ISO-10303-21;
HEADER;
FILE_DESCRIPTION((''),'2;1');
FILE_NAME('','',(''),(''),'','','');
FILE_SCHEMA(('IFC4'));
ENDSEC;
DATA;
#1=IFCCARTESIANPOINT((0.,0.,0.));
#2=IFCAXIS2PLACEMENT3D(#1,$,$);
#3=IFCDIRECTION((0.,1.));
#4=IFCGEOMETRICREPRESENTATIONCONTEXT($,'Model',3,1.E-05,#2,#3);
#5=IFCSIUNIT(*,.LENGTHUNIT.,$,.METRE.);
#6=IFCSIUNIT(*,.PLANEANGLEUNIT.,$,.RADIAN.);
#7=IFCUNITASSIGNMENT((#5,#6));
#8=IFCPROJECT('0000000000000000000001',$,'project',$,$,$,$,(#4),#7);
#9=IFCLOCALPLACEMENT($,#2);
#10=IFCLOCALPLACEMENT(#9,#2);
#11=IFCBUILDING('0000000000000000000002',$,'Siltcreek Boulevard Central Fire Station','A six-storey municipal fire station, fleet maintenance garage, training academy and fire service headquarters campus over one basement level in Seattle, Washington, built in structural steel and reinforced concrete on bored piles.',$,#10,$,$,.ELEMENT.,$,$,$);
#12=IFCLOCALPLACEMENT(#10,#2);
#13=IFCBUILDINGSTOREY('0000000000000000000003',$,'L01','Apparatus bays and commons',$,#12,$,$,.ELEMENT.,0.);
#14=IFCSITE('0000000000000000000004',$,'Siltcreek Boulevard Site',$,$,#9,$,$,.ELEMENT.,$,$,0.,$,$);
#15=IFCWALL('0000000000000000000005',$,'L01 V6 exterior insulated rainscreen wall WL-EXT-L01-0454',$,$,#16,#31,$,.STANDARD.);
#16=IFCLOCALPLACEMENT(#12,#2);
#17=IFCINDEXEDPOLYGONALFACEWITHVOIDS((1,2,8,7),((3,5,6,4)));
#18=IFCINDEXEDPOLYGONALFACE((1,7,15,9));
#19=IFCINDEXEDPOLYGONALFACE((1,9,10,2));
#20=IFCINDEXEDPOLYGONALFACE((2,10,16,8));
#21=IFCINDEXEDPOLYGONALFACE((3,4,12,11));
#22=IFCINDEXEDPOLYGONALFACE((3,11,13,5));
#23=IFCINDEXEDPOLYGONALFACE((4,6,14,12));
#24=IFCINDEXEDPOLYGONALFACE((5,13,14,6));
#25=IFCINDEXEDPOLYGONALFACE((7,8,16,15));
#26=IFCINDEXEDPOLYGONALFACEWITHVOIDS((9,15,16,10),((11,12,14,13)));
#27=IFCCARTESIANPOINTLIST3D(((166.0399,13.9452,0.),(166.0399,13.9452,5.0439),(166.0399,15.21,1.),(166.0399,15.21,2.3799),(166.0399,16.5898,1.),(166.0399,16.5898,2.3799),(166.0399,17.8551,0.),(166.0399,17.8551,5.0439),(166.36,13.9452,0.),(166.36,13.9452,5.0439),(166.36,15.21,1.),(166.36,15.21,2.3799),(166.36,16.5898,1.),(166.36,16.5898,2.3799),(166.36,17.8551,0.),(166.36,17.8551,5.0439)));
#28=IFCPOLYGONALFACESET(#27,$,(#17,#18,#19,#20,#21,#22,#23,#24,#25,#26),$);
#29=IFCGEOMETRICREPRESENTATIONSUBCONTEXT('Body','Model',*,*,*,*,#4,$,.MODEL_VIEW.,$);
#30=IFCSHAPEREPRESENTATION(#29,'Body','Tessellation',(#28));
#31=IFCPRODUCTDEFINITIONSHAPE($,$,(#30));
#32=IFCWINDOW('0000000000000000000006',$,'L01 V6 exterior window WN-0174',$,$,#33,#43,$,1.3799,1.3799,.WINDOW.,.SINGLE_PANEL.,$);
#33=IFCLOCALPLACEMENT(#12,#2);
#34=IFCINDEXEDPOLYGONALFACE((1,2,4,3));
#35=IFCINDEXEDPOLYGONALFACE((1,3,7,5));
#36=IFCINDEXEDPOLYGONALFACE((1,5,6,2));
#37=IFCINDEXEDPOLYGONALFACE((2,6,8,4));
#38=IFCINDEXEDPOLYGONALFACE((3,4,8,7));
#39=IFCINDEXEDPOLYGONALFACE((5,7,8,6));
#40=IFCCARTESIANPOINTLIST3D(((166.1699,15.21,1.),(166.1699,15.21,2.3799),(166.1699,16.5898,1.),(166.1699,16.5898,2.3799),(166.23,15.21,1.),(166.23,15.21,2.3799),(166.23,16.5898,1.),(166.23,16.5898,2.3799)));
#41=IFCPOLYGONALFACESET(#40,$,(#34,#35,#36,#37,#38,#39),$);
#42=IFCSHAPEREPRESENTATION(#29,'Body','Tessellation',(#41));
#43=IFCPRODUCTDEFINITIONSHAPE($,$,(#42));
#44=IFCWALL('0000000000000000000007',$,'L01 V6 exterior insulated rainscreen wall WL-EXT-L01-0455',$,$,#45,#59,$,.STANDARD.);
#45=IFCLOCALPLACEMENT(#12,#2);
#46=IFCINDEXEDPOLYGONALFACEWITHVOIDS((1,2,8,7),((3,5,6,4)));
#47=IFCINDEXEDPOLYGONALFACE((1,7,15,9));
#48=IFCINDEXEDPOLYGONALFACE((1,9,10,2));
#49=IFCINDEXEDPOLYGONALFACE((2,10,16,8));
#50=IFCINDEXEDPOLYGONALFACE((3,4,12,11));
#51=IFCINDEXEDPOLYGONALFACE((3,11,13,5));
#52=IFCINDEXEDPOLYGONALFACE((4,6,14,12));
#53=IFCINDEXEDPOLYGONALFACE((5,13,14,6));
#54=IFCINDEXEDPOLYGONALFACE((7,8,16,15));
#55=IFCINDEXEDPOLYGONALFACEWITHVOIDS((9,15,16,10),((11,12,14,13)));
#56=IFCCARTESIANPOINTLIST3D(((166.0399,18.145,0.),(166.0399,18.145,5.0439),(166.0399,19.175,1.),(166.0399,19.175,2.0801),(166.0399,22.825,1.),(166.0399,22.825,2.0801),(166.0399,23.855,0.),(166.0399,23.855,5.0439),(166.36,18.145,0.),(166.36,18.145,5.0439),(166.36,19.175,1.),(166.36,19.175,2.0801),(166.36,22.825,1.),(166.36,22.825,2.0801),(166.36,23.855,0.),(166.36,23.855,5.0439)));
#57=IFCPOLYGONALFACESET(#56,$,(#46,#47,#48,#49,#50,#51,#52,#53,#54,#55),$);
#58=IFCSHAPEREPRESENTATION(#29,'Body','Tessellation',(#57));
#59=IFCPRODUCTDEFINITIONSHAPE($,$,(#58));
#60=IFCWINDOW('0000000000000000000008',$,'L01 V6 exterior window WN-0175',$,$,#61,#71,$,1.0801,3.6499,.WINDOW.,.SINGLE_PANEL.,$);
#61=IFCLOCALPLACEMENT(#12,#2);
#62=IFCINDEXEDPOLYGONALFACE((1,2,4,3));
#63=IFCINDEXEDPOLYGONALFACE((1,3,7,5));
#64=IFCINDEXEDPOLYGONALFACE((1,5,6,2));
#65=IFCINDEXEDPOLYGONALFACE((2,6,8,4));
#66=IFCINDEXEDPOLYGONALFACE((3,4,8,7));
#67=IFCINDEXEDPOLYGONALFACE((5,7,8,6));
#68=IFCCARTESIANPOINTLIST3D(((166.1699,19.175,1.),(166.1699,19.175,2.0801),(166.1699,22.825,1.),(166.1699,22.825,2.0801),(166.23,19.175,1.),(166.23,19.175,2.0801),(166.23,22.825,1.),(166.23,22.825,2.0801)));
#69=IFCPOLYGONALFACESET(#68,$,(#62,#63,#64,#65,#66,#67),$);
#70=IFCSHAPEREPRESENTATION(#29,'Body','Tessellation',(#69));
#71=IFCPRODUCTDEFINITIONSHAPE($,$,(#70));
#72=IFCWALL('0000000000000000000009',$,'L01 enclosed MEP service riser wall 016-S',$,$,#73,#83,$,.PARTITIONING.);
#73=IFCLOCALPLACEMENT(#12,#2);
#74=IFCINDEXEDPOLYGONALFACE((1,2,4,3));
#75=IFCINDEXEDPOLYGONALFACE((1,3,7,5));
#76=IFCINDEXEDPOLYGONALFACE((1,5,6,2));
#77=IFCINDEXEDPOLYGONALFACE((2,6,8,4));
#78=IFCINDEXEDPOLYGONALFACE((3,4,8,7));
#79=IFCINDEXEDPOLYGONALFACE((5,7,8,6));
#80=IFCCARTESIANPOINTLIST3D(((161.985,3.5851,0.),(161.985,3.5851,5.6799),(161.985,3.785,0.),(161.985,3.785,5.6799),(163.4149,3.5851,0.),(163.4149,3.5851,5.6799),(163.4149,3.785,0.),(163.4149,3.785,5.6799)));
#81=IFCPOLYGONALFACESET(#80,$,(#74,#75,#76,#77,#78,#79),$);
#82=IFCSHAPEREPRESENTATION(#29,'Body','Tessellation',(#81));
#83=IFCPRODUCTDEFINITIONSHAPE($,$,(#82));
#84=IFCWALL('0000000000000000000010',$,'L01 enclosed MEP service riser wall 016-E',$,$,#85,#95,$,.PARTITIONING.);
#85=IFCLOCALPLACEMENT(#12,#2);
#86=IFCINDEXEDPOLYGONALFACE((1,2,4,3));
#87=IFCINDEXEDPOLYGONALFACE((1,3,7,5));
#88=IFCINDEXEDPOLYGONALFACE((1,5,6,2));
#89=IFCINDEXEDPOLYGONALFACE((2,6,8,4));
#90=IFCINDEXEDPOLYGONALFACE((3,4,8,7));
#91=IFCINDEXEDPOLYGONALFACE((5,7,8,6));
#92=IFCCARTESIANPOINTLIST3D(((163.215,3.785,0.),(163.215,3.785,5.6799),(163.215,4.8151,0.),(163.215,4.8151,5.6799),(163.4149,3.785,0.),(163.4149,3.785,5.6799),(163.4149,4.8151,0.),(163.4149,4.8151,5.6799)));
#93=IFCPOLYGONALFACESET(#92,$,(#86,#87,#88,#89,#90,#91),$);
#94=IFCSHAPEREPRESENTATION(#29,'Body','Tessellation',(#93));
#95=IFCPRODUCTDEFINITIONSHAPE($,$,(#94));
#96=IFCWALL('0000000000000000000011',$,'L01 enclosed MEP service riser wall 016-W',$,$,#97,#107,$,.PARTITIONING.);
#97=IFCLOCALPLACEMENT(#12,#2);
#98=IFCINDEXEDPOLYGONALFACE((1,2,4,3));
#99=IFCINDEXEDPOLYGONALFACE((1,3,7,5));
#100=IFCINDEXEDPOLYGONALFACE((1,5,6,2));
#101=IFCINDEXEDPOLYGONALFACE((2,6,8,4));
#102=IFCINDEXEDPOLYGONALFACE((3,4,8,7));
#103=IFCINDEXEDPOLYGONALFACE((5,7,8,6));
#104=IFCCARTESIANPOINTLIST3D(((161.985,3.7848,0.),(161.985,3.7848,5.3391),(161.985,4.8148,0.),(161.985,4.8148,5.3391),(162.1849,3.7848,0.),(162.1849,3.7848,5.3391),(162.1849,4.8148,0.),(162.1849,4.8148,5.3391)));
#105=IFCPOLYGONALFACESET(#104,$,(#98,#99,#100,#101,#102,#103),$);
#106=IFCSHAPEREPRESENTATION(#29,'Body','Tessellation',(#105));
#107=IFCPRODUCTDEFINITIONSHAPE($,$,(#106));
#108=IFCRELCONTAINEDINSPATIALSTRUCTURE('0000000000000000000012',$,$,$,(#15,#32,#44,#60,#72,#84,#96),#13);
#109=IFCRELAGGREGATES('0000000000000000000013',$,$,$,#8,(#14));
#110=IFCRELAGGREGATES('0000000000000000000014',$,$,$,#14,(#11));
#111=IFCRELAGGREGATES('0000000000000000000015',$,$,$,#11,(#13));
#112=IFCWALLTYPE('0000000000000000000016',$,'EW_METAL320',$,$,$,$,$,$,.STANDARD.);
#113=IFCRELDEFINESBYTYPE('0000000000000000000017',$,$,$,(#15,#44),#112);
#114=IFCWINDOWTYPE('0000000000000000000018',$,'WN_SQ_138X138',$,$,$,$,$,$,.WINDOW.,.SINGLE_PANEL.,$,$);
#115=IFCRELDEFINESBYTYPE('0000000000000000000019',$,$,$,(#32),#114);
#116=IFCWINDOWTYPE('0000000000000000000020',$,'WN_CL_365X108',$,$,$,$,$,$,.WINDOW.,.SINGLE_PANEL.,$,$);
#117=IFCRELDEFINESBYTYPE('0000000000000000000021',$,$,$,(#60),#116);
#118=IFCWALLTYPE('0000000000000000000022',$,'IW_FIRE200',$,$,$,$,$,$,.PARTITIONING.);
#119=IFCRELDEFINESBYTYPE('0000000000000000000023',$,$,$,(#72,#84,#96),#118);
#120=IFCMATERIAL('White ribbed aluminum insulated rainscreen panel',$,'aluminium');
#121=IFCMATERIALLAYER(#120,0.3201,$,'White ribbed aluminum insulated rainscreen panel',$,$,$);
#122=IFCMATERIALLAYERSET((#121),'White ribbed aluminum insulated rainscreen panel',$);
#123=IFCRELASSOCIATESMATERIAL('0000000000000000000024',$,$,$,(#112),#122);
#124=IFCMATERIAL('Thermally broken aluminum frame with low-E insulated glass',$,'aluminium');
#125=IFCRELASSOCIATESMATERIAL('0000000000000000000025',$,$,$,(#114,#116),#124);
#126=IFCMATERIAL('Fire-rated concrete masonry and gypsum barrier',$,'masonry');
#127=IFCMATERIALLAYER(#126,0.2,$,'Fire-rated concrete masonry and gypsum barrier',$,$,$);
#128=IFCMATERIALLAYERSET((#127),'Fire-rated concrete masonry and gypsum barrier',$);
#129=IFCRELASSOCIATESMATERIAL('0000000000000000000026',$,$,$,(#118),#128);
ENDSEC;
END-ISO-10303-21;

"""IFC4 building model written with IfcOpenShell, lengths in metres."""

from ifc_helpers import new_model, si_unit, direction, frame, frame_2d, origin, place, context, subcontext, project, spatial, rectangle, extrude, material, layer, layer_set, type_object, element, fill, save


model = new_model("IFC4")

# Units and contexts
model_context = context("Model", 3, precision=1e-05, world=origin(), true_north=direction((0.0, 1.0)))
body_context = subcontext(model_context, "Body", "Model", "MODEL_VIEW")
ifc_project = project(units=[si_unit("LENGTHUNIT", "METRE"), si_unit("PLANEANGLEUNIT", "RADIAN")], contexts=[model_context])

# Site, building, storey
site_placement = place(None, origin())
site = spatial("IfcSite", under=ifc_project, at=site_placement, Name="Siltcreek Boulevard Site", CompositionType="ELEMENT", RefElevation=0.0)
building_placement = place(site_placement, origin())
building = spatial("IfcBuilding", under=site, at=building_placement, Name="Siltcreek Boulevard Central Fire Station", Description="A six-storey municipal fire station, fleet maintenance garage, training academy and fire service headquarters campus over one basement level in Seattle, Washington, built in structural steel and reinforced concrete on bored piles.", CompositionType="ELEMENT")
storey_placement = place(building_placement, origin())
storey = spatial("IfcBuildingStorey", under=building, at=storey_placement, Name="L01", Description="Apparatus bays and commons", CompositionType="ELEMENT", Elevation=0.0)

# Walls, openings, windows
ifc_material_1 = material(Name="White ribbed aluminum insulated rainscreen panel", Category="aluminium")
ifc_layer_1 = layer(ifc_material_1, 0.3201, Name="White ribbed aluminum insulated rainscreen panel")
ifc_layer_set_1 = layer_set([ifc_layer_1], Name="White ribbed aluminum insulated rainscreen panel")
wall_type_1 = type_object("IfcWallType", Name="EW_METAL320", PredefinedType="STANDARD", material=ifc_layer_set_1)
ifc_material_2 = material(Name="Thermally broken aluminum frame with low-E insulated glass", Category="aluminium")
wall_1_placement = place(storey_placement, frame((166.2, 13.9451, 0.0), z_axis=(0.0, 0.0, 1.0), x_axis=(0.0, 1.0, 0.0)))
wall_1 = element("IfcWall", 1, at=wall_1_placement, inside=storey, type_object=wall_type_1, Name="L01 V6 exterior insulated rainscreen wall WL-EXT-L01-0454", PredefinedType="STANDARD", context=body_context, shape_type="SweptSolid", body=[
    extrude(rectangle(XDim=3.9099, YDim=0.3201, at=frame_2d((1.9551, 0.0))), origin(), (0.0, 0.0, 1.0), 5.0439),
])
opening_1_placement = place(wall_1_placement, frame((1.2649, 0.0, 1.0)))
opening_1 = element("IfcOpeningElement", 2, at=opening_1_placement, cuts=wall_1, PredefinedType="OPENING", context=body_context, shape_type="SweptSolid", body=[
    extrude(rectangle(XDim=1.3799, YDim=1.3799, at=frame_2d((0.6899, 0.6899))), frame((0.0, 0.1699, 0.0), z_axis=(0.0, -1.0, 0.0), x_axis=(1.0, 0.0, 0.0)), (0.0, 0.0, 1.0), 0.3401),
])
window_type_1 = type_object("IfcWindowType", Name="WN_SQ_138X138", PartitioningType="SINGLE_PANEL", PredefinedType="WINDOW", material=ifc_material_2)
window_1_placement = place(opening_1_placement, origin())
window_1 = element("IfcWindow", 3, at=window_1_placement, inside=storey, type_object=window_type_1, Name="L01 V6 exterior window WN-0174", OverallHeight=1.3799, OverallWidth=1.3799, PartitioningType="SINGLE_PANEL", PredefinedType="WINDOW", context=body_context, shape_type="SweptSolid", body=[
    extrude(rectangle(XDim=1.3799, YDim=1.3799, at=frame_2d((0.6899, 0.6899))), frame((0.0, 0.03, 0.0), z_axis=(0.0, -1.0, 0.0), x_axis=(1.0, 0.0, 0.0)), (0.0, 0.0, 1.0), 0.0601),
])
fill(opening_1, window_1)
wall_2_placement = place(storey_placement, frame((166.2, 18.145, 0.0), z_axis=(0.0, 0.0, 1.0), x_axis=(0.0, 1.0, 0.0)))
wall_2 = element("IfcWall", 4, at=wall_2_placement, inside=storey, type_object=wall_type_1, Name="L01 V6 exterior insulated rainscreen wall WL-EXT-L01-0455", PredefinedType="STANDARD", context=body_context, shape_type="SweptSolid", body=[
    extrude(rectangle(XDim=5.71, YDim=0.3201, at=frame_2d((2.855, 0.0))), origin(), (0.0, 0.0, 1.0), 5.0439),
])
opening_2_placement = place(wall_2_placement, frame((1.03, 0.0, 1.0)))
opening_2 = element("IfcOpeningElement", 5, at=opening_2_placement, cuts=wall_2, PredefinedType="OPENING", context=body_context, shape_type="SweptSolid", body=[
    extrude(rectangle(XDim=3.6499, YDim=1.0801, at=frame_2d((1.825, 0.54))), frame((0.0, 0.1699, 0.0), z_axis=(0.0, -1.0, 0.0), x_axis=(1.0, 0.0, 0.0)), (0.0, 0.0, 1.0), 0.3401),
])
window_type_2 = type_object("IfcWindowType", Name="WN_CL_365X108", PartitioningType="SINGLE_PANEL", PredefinedType="WINDOW", material=ifc_material_2)
window_2_placement = place(opening_2_placement, origin())
window_2 = element("IfcWindow", 6, at=window_2_placement, inside=storey, type_object=window_type_2, Name="L01 V6 exterior window WN-0175", OverallHeight=1.0801, OverallWidth=3.6499, PartitioningType="SINGLE_PANEL", PredefinedType="WINDOW", context=body_context, shape_type="SweptSolid", body=[
    extrude(rectangle(XDim=3.6499, YDim=1.0801, at=frame_2d((1.825, 0.54))), frame((0.0, 0.03, 0.0), z_axis=(0.0, -1.0, 0.0), x_axis=(1.0, 0.0, 0.0)), (0.0, 0.0, 1.0), 0.0601),
])
fill(opening_2, window_2)

# Walls
ifc_material_3 = material(Name="Fire-rated concrete masonry and gypsum barrier", Category="masonry")
ifc_layer_2 = layer(ifc_material_3, 0.2, Name="Fire-rated concrete masonry and gypsum barrier")
ifc_layer_set_2 = layer_set([ifc_layer_2], Name="Fire-rated concrete masonry and gypsum barrier")
wall_type_2 = type_object("IfcWallType", Name="IW_FIRE200", PredefinedType="PARTITIONING", material=ifc_layer_set_2)
wall_3_placement = place(storey_placement, frame((161.9851, 3.6851, 0.0), z_axis=(0.0, 0.0, 1.0), x_axis=(1.0, 0.0, 0.0)))
element("IfcWall", 7, at=wall_3_placement, inside=storey, type_object=wall_type_2, Name="L01 enclosed MEP service riser wall 016-S", PredefinedType="PARTITIONING", context=body_context, shape_type="SweptSolid", body=[
    extrude(rectangle(XDim=1.4299, YDim=0.2, at=frame_2d((0.7148, 0.0))), origin(), (0.0, 0.0, 1.0), 5.6799),
])
wall_4_placement = place(storey_placement, frame((163.3149, 3.7849, 0.0), z_axis=(0.0, 0.0, 1.0), x_axis=(0.0, 1.0, 0.0)))
element("IfcWall", 8, at=wall_4_placement, inside=storey, type_object=wall_type_2, Name="L01 enclosed MEP service riser wall 016-E", PredefinedType="PARTITIONING", context=body_context, shape_type="SweptSolid", body=[
    extrude(rectangle(XDim=1.03, YDim=0.2, at=frame_2d((0.5151, 0.0))), origin(), (0.0, 0.0, 1.0), 5.6799),
])
wall_5_placement = place(storey_placement, frame((162.085, 4.8149, 0.0), z_axis=(0.0, 0.0, 1.0), x_axis=(0.0, -1.0, 0.0)))
element("IfcWall", 9, at=wall_5_placement, inside=storey, type_object=wall_type_2, Name="L01 enclosed MEP service riser wall 016-W", PredefinedType="PARTITIONING", context=body_context, shape_type="SweptSolid", body=[
    extrude(rectangle(XDim=1.03, YDim=0.2, at=frame_2d((0.5151, 0.0))), origin(), (0.0, 0.0, 1.0), 5.3391),
])

save(model, "model.ifc")
